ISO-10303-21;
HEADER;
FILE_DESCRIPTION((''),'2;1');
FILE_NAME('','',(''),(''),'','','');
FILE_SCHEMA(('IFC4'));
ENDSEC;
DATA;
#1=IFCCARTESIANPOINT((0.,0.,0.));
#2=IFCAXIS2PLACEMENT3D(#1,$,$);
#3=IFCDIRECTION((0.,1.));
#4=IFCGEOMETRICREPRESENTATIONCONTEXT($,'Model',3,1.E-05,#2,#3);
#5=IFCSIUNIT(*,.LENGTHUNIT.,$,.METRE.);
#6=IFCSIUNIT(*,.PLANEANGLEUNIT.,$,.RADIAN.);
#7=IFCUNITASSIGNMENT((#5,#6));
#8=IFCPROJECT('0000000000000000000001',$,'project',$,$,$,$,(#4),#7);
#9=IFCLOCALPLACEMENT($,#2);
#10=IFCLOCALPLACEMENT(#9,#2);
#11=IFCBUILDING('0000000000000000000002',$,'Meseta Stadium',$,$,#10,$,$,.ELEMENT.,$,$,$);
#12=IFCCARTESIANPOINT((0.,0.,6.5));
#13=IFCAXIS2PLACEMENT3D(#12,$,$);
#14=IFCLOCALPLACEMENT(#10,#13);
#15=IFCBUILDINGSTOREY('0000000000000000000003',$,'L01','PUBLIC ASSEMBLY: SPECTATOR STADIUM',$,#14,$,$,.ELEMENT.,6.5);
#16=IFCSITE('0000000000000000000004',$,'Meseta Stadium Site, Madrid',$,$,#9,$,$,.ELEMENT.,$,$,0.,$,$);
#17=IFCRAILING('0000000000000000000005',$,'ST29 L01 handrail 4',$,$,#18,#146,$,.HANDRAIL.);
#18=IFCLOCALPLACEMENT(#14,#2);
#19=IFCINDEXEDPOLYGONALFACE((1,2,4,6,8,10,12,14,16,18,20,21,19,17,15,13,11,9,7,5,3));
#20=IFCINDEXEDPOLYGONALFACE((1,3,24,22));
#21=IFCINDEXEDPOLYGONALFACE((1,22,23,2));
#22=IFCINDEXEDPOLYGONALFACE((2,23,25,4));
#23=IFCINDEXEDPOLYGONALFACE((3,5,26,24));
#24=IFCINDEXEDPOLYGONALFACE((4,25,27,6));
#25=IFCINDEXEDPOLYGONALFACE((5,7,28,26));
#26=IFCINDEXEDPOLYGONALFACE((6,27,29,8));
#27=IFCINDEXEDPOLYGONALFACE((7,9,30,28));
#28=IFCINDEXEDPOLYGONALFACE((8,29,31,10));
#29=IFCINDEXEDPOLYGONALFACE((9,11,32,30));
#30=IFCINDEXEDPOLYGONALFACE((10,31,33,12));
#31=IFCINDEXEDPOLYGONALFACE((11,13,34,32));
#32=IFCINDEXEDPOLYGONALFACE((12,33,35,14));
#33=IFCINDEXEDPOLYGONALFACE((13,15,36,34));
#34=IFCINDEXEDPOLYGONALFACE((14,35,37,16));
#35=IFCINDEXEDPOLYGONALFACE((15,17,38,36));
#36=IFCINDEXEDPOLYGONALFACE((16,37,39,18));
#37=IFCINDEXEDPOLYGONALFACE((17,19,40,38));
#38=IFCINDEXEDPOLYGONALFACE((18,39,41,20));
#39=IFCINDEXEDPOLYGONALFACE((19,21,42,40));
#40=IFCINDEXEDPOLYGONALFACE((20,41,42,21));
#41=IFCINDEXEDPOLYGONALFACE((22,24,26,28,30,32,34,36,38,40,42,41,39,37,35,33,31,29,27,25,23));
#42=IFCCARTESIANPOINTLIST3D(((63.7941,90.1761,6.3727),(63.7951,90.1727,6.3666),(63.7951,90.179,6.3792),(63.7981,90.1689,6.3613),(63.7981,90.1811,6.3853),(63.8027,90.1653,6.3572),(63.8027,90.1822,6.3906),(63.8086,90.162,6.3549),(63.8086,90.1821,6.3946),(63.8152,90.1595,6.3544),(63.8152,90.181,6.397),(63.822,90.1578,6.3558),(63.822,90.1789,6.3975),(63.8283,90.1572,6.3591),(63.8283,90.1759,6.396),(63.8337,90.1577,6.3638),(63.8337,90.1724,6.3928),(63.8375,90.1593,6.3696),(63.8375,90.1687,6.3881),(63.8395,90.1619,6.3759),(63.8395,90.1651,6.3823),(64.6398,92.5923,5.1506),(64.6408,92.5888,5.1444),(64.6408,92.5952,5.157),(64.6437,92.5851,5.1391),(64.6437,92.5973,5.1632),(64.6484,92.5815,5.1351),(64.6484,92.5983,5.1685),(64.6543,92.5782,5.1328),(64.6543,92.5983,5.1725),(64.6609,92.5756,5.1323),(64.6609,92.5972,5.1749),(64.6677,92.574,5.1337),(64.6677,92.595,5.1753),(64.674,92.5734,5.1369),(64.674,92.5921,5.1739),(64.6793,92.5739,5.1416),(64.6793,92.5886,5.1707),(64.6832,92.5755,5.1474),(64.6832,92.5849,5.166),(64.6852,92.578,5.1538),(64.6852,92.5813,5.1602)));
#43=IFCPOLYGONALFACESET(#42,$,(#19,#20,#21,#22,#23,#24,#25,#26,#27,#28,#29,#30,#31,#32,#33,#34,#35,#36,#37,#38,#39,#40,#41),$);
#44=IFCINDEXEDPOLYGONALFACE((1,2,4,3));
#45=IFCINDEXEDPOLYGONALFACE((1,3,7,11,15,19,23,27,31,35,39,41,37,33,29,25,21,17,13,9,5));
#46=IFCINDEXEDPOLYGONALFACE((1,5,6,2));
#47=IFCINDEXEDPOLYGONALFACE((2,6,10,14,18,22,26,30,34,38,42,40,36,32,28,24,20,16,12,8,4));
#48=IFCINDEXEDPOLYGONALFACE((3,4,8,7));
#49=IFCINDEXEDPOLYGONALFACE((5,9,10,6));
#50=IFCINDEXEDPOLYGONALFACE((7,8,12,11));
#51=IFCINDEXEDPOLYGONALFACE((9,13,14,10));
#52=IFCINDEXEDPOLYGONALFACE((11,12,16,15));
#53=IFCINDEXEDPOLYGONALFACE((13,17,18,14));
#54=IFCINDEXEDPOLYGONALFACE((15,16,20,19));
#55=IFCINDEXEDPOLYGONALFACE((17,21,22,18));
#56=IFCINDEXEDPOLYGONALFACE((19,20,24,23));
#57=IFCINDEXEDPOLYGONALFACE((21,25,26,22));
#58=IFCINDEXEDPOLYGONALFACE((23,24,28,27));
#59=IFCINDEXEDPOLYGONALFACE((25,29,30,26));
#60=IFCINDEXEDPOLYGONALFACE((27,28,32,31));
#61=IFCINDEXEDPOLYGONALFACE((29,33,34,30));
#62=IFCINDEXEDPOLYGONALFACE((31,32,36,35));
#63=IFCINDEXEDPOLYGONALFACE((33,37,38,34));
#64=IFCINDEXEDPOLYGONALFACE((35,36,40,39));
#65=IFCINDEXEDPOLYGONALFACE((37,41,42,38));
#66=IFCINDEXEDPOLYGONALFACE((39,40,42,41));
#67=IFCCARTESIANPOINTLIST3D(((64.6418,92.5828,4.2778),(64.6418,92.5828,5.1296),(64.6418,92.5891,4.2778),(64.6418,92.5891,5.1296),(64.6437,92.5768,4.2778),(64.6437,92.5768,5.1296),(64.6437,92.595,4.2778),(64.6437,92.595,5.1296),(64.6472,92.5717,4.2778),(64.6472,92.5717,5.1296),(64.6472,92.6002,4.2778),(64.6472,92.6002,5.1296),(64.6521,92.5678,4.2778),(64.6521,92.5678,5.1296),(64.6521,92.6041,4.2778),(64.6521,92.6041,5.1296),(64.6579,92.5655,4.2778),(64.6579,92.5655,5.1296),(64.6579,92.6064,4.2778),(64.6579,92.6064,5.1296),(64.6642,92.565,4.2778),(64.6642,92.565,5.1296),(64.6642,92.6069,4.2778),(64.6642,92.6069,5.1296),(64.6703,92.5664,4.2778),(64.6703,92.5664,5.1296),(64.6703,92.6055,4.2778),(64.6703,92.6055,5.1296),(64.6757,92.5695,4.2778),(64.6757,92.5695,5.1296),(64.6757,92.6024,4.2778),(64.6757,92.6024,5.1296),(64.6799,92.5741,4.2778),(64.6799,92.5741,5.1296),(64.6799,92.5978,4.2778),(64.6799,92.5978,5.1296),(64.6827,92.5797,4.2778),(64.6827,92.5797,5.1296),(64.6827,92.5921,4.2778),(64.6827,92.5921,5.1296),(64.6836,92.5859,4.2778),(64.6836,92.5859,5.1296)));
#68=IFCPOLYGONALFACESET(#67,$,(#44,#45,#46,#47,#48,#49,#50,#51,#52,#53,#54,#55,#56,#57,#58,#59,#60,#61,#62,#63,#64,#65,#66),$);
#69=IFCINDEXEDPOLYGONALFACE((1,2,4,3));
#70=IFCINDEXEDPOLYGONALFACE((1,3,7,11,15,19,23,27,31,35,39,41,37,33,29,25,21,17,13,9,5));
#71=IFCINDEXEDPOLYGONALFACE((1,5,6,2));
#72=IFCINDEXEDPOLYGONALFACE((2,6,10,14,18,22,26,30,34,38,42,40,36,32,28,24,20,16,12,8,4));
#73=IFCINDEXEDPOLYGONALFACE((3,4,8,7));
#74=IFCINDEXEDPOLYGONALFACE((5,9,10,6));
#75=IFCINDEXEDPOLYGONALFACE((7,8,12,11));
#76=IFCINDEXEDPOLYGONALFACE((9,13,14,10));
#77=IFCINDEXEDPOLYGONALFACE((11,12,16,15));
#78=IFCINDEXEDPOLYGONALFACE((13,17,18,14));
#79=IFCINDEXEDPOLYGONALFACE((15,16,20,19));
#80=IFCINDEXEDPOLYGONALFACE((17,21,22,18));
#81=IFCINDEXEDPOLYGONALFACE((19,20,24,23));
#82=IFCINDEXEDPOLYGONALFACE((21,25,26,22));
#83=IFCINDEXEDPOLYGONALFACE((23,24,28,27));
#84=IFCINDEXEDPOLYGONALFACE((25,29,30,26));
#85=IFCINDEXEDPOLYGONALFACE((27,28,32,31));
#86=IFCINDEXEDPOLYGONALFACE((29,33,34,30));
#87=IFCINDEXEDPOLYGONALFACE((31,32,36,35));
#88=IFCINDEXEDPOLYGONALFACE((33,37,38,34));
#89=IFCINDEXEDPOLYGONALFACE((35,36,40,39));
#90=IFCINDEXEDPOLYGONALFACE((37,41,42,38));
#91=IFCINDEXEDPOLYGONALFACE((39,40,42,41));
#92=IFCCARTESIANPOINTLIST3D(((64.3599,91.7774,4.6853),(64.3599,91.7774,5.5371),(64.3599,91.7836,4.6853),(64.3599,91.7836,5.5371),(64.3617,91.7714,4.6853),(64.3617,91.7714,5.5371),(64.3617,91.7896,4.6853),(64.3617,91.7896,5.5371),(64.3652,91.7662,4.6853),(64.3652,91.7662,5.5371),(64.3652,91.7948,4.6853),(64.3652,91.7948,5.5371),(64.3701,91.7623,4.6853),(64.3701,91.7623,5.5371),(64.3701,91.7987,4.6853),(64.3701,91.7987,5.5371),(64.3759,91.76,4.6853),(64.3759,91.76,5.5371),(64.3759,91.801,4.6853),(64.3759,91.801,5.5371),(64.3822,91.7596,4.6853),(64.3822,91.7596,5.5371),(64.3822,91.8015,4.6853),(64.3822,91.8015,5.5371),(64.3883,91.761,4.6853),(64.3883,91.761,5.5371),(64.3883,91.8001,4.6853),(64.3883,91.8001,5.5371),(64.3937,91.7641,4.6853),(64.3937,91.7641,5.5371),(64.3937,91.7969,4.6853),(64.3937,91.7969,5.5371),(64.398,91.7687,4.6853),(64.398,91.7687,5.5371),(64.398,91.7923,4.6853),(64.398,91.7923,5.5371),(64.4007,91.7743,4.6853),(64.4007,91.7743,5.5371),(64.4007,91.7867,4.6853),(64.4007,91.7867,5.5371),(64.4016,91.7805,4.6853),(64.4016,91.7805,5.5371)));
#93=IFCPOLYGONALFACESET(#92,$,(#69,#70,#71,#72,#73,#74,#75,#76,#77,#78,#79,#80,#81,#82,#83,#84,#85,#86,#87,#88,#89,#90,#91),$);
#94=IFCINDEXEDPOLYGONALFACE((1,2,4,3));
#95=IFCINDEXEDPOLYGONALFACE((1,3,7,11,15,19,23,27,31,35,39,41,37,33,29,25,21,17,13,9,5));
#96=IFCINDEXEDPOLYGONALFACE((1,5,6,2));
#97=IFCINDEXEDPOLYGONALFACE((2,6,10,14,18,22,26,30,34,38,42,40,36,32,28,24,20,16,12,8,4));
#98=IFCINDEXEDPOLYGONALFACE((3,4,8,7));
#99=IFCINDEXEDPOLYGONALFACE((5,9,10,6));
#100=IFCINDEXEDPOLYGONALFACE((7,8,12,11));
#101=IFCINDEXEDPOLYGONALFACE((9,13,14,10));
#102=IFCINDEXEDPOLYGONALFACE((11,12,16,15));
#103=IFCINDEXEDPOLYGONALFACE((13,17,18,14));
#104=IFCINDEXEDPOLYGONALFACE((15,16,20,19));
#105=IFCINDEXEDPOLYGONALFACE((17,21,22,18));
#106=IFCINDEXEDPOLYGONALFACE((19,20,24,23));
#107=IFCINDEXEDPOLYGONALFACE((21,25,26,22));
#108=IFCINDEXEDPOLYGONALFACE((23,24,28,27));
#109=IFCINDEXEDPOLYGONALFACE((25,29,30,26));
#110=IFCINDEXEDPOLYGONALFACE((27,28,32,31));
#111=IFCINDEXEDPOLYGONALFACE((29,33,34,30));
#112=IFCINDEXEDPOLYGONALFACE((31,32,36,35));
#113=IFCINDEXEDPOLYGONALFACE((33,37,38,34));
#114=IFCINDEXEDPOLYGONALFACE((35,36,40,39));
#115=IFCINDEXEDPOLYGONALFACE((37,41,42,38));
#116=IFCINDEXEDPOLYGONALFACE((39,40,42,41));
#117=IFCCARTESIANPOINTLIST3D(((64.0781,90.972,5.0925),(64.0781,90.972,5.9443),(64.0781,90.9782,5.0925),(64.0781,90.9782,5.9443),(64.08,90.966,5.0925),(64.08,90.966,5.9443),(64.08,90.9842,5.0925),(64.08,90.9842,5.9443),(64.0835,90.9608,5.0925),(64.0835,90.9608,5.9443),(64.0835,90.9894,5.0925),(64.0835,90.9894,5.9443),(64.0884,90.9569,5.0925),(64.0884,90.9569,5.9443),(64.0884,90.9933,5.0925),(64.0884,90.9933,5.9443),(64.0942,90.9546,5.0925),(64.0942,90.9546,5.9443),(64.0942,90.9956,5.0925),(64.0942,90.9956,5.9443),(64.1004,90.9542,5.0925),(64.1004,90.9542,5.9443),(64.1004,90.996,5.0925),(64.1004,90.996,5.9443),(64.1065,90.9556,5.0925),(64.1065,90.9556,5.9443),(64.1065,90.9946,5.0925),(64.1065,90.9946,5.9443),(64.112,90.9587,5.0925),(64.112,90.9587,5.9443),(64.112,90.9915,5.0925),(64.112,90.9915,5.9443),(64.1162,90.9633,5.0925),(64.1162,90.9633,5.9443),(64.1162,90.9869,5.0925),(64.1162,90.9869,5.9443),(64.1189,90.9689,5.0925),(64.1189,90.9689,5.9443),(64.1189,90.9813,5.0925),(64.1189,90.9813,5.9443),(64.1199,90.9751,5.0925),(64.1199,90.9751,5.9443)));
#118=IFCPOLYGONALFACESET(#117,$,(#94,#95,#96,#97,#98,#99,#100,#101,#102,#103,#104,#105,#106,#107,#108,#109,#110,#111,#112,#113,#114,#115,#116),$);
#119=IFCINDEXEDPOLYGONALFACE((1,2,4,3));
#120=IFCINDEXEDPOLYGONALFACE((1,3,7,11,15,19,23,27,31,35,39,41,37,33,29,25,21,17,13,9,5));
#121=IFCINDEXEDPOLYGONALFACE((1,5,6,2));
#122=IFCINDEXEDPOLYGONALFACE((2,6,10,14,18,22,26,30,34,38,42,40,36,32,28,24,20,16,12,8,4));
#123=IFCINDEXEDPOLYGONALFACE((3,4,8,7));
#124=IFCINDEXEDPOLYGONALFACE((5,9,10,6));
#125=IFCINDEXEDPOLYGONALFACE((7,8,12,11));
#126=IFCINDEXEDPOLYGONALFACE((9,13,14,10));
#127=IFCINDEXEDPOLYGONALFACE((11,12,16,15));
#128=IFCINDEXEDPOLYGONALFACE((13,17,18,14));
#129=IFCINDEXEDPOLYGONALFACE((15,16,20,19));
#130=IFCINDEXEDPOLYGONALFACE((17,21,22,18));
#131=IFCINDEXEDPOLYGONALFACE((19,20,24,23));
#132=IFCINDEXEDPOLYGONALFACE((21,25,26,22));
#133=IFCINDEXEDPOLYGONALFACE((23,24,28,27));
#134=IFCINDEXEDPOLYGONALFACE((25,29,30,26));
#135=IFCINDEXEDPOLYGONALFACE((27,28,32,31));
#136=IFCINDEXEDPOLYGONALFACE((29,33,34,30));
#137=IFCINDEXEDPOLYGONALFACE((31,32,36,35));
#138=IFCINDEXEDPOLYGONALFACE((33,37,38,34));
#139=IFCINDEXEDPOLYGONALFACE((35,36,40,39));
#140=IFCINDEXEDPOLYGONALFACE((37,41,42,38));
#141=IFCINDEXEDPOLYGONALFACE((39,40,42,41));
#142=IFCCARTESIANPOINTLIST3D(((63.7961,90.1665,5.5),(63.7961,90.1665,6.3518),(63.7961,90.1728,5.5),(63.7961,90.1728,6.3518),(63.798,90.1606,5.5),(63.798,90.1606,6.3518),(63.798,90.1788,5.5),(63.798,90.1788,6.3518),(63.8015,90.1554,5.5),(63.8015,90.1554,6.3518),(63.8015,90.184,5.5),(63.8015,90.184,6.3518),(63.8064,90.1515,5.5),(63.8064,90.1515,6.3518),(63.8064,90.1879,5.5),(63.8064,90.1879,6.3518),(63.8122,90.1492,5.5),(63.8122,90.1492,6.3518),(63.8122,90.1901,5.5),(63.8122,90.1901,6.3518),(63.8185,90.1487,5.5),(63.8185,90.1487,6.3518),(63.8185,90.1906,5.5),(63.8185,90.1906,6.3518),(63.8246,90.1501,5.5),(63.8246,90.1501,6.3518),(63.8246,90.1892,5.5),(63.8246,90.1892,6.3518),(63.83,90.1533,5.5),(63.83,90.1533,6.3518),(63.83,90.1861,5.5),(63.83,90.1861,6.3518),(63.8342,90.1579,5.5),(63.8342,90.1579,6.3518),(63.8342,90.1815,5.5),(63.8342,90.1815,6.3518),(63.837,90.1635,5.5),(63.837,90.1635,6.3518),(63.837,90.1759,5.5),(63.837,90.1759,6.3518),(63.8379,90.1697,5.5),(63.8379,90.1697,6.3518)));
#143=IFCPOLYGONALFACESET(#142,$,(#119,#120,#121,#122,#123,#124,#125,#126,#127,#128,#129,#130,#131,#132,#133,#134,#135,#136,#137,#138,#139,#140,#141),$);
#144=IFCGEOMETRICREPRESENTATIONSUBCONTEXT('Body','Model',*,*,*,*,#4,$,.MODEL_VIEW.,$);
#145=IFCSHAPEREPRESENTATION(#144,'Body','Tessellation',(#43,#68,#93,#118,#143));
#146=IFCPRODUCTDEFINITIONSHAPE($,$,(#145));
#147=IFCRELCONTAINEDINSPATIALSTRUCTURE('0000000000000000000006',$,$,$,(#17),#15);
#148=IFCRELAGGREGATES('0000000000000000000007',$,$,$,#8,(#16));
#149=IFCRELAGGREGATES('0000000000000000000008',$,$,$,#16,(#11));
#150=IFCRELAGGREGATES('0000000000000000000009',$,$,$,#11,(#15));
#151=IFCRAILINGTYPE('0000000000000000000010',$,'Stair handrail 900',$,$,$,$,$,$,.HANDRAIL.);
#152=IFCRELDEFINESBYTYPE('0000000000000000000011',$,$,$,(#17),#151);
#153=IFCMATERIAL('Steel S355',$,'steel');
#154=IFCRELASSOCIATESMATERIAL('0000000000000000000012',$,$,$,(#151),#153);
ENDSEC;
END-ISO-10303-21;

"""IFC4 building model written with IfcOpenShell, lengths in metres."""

from ifc_helpers import new_model, si_unit, direction, frame, origin, origin_2d, place, context, subcontext, project, spatial, circle, extrude, material, type_object, element, save


model = new_model("IFC4")

# Units and contexts
model_context = context("Model", 3, precision=1e-05, world=origin(), true_north=direction((0.0, 1.0)))
body_context = subcontext(model_context, "Body", "Model", "MODEL_VIEW")
ifc_project = project(units=[si_unit("LENGTHUNIT", "METRE"), si_unit("PLANEANGLEUNIT", "RADIAN")], contexts=[model_context])

# Site, building, storey
site_placement = place(None, origin())
site = spatial("IfcSite", under=ifc_project, at=site_placement, Name="Meseta Stadium Site, Madrid", CompositionType="ELEMENT", RefElevation=0.0)
building_placement = place(site_placement, origin())
building = spatial("IfcBuilding", under=site, at=building_placement, Name="Meseta Stadium", CompositionType="ELEMENT")
storey_placement = place(building_placement, frame((0.0, 0.0, 6.5)))
storey = spatial("IfcBuildingStorey", under=building, at=storey_placement, Name="L01", Description="PUBLIC ASSEMBLY: SPECTATOR STADIUM", CompositionType="ELEMENT", Elevation=6.5)

# Railing
ifc_material_1 = material(Name="Steel S355", Category="steel")
railing_type_1 = type_object("IfcRailingType", Name="Stair handrail 900", PredefinedType="HANDRAIL", material=ifc_material_1)
for number, where, name in (
    (1, (64.6626, 92.5859, 4.2778), "ST29 L01 handrail 4"),
):
    element("IfcRailing", number, at=place(storey_placement, frame(where)), inside=storey, type_object=railing_type_1, Name=name, PredefinedType="HANDRAIL", context=body_context, shape_type="SweptSolid", body=[
        extrude(circle(Radius=0.0239, at=origin_2d()), frame((0.0, 0.0, 0.876), z_axis=(-0.298123, -0.851767, 0.430832), x_axis=(0.943857, -0.330355, 0.0)), (0.0, 0.0, 1.0), 2.8367),
        extrude(circle(Radius=0.021, at=origin_2d()), origin(), (0.0, 0.0, 1.0), 0.8518),
        extrude(circle(Radius=0.021, at=origin_2d()), frame((-0.282, -0.8054, 0.4075)), (0.0, 0.0, 1.0), 0.8518),
        extrude(circle(Radius=0.021, at=origin_2d()), frame((-0.5637, -1.6108, 0.8147)), (0.0, 0.0, 1.0), 0.8518),
        extrude(circle(Radius=0.021, at=origin_2d()), frame((-0.8457, -2.4163, 1.2222)), (0.0, 0.0, 1.0), 0.8518),
    ])

save(model, "model.ifc")
